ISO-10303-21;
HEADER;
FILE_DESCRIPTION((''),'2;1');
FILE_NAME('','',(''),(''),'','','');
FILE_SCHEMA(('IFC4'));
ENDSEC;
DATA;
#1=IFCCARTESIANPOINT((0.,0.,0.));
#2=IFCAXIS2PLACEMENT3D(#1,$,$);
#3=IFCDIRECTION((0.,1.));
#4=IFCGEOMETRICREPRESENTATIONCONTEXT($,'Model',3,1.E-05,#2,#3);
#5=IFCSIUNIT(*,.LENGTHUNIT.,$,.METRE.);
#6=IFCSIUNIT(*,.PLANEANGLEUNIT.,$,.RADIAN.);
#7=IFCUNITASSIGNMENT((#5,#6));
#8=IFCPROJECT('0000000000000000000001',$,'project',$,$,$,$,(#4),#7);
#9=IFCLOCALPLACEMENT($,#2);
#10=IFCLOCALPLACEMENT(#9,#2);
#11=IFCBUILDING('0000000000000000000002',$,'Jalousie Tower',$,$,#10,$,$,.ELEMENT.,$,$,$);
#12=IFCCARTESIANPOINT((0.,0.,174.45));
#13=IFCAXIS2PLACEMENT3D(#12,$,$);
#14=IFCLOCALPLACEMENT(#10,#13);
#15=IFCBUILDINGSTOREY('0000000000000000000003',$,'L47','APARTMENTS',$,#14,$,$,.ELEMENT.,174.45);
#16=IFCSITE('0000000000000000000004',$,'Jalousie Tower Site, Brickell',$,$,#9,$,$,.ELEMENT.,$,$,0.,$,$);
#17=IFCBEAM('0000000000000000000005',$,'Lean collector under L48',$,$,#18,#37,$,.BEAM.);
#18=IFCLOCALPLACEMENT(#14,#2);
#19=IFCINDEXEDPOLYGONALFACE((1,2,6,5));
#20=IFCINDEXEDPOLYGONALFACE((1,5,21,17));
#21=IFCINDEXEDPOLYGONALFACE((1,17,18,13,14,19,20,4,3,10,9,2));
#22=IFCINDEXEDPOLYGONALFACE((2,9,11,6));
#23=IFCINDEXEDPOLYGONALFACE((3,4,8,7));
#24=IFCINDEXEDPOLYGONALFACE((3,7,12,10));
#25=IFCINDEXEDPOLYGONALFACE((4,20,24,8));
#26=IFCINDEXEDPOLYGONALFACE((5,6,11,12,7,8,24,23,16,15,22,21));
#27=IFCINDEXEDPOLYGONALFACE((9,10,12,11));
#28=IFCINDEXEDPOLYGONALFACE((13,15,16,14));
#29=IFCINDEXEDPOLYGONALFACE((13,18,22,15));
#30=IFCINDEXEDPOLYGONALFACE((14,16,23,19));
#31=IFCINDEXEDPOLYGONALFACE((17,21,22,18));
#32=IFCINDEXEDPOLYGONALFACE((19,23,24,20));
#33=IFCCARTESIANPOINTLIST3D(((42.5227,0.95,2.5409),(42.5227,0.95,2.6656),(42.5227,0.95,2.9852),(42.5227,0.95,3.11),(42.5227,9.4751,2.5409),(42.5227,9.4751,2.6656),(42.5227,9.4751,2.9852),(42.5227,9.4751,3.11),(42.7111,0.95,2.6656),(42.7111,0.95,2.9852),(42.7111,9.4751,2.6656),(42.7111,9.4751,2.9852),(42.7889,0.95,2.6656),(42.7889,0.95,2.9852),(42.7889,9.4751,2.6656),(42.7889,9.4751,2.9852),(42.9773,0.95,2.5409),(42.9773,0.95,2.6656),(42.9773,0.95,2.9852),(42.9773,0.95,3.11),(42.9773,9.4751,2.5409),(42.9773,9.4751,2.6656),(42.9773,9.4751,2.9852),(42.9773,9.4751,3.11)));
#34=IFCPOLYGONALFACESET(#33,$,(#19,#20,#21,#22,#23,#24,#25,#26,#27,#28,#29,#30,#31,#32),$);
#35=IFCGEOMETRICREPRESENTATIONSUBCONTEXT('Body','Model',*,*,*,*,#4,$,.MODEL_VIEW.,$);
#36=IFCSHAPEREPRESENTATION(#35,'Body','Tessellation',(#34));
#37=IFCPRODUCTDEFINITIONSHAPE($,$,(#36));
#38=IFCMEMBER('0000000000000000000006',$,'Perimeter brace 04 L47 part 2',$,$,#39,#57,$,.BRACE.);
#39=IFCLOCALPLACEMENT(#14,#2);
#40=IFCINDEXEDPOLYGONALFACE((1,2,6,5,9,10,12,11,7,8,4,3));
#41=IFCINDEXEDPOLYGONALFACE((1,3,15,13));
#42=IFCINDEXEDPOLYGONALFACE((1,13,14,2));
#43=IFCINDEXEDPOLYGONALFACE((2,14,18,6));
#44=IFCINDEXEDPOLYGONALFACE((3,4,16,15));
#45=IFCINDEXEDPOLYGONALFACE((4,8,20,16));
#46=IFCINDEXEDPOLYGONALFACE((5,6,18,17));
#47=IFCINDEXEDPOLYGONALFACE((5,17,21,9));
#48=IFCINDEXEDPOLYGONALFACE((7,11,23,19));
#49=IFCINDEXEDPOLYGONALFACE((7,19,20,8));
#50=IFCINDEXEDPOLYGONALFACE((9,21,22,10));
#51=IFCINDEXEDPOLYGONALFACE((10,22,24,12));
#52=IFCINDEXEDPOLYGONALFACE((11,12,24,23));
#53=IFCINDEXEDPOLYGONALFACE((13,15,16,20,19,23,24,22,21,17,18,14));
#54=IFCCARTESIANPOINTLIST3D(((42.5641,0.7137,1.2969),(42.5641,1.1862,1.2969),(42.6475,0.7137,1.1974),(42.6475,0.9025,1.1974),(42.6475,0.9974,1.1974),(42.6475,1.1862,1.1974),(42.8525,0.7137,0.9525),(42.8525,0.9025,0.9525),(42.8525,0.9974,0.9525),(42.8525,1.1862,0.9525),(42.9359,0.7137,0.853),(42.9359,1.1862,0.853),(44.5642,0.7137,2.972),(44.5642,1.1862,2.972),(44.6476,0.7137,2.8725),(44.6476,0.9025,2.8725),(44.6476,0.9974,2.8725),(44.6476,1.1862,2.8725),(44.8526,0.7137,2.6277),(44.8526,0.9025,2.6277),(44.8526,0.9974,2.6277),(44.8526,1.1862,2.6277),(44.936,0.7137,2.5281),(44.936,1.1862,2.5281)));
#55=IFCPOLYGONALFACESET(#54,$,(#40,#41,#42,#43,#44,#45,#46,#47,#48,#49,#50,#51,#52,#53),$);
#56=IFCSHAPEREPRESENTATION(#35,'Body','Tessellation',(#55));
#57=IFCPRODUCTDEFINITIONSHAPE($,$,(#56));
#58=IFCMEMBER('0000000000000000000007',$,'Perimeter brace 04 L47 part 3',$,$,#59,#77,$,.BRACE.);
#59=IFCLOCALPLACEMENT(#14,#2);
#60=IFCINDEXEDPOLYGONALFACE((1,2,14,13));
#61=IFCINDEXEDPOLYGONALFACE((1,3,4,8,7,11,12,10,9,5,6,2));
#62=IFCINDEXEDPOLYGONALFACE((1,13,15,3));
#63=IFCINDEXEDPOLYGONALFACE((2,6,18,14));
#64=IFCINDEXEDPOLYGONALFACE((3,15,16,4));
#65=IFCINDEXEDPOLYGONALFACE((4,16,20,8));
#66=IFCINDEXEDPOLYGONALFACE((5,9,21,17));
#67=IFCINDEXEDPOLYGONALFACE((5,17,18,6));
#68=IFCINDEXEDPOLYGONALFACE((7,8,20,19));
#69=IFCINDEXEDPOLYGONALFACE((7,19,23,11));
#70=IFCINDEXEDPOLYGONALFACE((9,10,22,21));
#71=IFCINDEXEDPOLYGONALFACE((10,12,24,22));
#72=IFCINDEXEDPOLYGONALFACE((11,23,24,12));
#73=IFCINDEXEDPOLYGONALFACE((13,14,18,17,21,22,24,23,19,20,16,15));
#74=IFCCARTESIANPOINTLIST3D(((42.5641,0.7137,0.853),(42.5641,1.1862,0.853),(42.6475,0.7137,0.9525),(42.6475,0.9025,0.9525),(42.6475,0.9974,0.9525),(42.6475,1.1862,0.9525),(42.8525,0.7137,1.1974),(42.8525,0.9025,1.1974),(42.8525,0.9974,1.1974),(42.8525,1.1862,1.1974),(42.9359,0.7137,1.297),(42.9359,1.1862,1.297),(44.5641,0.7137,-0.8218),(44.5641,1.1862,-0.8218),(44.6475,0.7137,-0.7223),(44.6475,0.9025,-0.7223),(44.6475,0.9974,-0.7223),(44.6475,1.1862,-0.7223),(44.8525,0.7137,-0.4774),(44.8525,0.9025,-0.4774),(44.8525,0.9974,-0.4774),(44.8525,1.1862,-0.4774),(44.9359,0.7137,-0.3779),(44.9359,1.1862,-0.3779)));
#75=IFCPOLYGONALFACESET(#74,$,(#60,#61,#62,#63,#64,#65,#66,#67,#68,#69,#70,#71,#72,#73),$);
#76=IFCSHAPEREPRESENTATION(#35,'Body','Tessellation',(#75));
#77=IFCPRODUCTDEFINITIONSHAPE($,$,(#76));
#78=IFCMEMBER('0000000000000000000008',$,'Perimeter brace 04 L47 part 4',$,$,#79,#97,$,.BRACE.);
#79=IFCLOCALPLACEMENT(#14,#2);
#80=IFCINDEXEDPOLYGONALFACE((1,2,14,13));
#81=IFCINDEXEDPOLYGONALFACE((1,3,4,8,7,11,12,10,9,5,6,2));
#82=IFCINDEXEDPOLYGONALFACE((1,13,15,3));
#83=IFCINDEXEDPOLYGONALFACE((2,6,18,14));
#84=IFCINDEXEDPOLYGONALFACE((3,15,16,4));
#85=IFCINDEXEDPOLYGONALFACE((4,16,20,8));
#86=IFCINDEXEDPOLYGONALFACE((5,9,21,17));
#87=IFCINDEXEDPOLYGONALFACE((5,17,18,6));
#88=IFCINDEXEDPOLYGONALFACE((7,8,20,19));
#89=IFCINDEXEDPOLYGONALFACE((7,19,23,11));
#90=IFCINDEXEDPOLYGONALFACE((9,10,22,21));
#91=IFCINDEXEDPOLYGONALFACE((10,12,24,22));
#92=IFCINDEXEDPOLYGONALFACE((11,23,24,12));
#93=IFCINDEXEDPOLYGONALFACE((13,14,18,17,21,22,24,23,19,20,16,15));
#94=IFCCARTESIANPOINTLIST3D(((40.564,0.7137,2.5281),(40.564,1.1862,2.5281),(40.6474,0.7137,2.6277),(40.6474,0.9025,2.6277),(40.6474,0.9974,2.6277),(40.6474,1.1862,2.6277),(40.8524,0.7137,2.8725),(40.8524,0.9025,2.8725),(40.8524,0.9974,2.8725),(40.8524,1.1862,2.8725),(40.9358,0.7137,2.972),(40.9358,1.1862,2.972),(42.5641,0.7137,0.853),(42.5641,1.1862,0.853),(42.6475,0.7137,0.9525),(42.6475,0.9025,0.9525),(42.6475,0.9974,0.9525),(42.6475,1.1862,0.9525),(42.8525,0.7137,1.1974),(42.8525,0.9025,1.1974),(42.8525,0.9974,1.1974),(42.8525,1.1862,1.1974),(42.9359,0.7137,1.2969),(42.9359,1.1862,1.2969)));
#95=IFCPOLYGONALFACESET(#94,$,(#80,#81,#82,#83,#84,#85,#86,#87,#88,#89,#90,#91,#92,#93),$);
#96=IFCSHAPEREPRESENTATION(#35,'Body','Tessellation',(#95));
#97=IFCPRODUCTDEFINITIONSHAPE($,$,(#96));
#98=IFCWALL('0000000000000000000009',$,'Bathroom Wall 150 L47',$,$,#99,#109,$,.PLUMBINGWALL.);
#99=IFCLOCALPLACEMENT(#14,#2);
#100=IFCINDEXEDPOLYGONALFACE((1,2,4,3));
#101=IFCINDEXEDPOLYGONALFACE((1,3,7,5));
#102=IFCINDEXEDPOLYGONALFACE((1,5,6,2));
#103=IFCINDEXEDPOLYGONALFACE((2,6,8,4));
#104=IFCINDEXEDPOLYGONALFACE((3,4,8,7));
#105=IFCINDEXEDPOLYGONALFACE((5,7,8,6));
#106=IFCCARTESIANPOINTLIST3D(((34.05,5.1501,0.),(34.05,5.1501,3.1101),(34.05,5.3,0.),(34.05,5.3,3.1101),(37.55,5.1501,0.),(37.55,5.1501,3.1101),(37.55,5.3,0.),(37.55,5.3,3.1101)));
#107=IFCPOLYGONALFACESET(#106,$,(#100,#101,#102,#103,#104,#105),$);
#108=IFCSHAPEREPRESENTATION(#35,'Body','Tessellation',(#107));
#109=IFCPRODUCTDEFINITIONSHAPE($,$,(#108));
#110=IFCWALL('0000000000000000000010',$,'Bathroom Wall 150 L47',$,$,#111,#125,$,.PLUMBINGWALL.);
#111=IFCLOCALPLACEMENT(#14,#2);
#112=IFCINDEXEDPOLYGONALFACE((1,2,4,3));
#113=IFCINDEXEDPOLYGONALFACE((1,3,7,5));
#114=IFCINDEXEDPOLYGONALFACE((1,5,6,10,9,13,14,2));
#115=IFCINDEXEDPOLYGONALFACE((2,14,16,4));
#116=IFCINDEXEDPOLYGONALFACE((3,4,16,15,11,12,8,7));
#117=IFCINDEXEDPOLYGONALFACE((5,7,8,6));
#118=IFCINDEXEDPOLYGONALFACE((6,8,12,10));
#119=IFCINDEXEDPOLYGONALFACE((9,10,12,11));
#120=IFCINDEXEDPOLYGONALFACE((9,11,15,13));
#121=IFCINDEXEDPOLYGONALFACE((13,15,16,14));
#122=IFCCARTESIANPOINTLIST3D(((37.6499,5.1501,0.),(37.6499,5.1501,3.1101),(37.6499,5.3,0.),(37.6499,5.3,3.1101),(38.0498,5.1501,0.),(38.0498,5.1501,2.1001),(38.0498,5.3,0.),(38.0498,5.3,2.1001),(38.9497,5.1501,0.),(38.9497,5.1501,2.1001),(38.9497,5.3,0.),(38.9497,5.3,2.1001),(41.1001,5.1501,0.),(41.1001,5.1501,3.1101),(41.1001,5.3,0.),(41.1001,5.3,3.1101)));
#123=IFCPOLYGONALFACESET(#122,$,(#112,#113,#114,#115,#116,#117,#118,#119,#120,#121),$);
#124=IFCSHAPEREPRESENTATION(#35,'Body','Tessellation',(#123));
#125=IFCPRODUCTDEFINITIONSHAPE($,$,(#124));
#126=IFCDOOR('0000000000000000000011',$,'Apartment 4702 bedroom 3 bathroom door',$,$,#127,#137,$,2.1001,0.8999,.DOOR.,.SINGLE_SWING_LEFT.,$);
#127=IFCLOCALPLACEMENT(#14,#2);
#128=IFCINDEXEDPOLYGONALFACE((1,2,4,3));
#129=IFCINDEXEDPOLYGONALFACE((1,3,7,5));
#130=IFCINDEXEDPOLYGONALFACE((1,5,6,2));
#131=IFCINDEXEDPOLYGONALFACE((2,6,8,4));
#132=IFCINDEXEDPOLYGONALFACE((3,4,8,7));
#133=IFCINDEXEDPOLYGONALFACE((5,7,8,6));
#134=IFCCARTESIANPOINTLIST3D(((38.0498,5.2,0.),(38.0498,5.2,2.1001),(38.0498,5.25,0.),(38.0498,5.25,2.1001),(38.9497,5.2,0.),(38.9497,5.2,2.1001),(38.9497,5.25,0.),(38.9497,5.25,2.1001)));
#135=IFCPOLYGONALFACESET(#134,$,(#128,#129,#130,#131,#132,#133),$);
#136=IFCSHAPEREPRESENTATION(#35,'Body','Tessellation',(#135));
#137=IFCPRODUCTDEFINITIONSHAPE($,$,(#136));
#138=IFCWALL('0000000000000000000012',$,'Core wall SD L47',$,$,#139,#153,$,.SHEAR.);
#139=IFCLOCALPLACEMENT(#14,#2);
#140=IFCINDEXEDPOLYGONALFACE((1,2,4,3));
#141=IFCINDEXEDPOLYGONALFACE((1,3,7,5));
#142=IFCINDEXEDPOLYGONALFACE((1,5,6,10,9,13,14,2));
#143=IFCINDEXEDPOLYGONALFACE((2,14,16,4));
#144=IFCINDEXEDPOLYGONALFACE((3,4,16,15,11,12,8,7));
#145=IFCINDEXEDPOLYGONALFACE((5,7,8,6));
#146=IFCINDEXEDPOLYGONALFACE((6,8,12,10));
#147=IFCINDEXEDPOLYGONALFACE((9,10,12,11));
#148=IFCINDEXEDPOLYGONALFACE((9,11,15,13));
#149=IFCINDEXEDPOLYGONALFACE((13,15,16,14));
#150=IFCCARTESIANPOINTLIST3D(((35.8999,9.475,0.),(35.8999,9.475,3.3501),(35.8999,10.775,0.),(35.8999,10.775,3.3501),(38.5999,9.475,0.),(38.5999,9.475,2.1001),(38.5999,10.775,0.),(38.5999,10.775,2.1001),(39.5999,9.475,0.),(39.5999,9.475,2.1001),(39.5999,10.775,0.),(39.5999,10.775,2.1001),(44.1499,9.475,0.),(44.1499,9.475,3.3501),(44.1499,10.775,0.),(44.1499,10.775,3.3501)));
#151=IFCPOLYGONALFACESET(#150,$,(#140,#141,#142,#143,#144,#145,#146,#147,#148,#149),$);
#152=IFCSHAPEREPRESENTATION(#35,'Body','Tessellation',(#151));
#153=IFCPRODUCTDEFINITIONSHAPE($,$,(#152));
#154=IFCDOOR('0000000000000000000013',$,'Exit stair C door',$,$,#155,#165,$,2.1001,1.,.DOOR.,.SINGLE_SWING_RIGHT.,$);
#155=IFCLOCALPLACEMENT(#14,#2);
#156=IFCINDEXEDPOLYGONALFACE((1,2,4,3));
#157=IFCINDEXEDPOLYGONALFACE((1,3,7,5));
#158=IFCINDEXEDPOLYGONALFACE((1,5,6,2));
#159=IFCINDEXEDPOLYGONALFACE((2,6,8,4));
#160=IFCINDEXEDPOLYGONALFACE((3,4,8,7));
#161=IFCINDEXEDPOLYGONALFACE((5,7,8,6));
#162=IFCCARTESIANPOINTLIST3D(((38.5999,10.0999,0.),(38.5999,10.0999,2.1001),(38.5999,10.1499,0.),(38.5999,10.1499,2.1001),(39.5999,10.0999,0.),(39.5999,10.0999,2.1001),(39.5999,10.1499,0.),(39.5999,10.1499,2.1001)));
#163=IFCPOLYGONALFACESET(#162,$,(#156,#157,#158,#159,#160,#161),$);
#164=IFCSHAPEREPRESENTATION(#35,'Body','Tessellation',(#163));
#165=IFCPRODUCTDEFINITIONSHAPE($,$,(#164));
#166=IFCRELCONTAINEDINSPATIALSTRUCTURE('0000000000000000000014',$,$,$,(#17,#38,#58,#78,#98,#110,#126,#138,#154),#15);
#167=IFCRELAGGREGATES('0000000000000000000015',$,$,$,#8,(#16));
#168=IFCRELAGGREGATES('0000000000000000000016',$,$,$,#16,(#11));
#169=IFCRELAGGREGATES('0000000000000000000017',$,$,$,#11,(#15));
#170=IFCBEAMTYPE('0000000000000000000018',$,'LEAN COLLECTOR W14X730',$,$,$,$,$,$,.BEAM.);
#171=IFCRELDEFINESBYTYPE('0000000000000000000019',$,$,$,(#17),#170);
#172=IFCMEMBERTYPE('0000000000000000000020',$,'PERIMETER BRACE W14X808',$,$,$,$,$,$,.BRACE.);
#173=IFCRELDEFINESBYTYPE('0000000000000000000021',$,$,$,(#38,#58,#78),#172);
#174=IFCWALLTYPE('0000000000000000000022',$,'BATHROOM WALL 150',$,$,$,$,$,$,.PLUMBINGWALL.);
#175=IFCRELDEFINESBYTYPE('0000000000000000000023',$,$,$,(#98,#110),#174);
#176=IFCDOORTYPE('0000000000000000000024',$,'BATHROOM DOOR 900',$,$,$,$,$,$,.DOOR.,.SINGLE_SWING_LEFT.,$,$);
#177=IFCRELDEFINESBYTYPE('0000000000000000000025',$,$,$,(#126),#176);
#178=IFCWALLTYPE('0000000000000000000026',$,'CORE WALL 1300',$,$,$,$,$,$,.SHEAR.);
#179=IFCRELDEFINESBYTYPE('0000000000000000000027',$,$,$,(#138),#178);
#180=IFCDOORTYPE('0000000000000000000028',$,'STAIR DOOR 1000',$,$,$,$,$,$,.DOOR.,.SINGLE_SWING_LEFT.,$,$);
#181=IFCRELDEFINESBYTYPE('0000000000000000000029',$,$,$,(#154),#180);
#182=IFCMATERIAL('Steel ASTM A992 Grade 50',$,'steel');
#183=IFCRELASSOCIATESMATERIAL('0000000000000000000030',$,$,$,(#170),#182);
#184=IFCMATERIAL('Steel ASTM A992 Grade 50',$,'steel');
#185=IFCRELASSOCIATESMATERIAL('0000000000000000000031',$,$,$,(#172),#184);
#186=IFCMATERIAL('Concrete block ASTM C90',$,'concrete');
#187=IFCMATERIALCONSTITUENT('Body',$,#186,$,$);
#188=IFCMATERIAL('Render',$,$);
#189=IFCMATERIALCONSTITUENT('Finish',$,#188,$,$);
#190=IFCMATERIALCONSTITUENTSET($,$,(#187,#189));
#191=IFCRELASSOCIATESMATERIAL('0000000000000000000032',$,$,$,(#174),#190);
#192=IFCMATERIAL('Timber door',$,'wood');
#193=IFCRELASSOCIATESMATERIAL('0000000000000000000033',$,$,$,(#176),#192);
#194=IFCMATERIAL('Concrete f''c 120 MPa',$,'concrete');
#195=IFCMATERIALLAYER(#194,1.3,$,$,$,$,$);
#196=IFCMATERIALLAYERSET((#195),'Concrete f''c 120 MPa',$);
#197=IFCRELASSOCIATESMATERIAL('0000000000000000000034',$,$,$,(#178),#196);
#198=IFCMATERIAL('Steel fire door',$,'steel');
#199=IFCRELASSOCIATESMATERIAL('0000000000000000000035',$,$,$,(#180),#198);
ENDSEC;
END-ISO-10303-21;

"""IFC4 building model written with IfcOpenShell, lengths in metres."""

from ifc_helpers import new_model, si_unit, direction, frame, frame_2d, origin, origin_2d, place, context, subcontext, project, spatial, rectangle, i_section, extrude, material, layer, layer_set, constituent, constituent_set, material_profile, profile_set, type_object, element, fill, save


model = new_model("IFC4")

# Units and contexts
model_context = context("Model", 3, precision=1e-05, world=origin(), true_north=direction((0.0, 1.0)))
body_context = subcontext(model_context, "Body", "Model", "MODEL_VIEW")
ifc_project = project(units=[si_unit("LENGTHUNIT", "METRE"), si_unit("PLANEANGLEUNIT", "RADIAN")], contexts=[model_context])

# Site, building, storey
site_placement = place(None, origin())
site = spatial("IfcSite", under=ifc_project, at=site_placement, Name="Jalousie Tower Site, Brickell", CompositionType="ELEMENT", RefElevation=0.0)
building_placement = place(site_placement, origin())
building = spatial("IfcBuilding", under=site, at=building_placement, Name="Jalousie Tower", CompositionType="ELEMENT")
storey_placement = place(building_placement, frame((0.0, 0.0, 174.45)))
storey = spatial("IfcBuildingStorey", under=building, at=storey_placement, Name="L47", Description="APARTMENTS", CompositionType="ELEMENT", Elevation=174.45)

# Beam
ifc_material_1 = material(Name="Steel ASTM A992 Grade 50", Category="steel")
ifc_material_profile_1 = material_profile(ifc_material_1, i_section(OverallWidth=0.4546, OverallDepth=0.5691, WebThickness=0.0779, FlangeThickness=0.1248, at=origin_2d()), Name="W14X730")
ifc_profile_set_1 = profile_set([ifc_material_profile_1], Name="Steel ASTM A992 Grade 50")
beam_type = type_object("IfcBeamType", Name="LEAN COLLECTOR W14X730", PredefinedType="BEAM", material=ifc_profile_set_1)
beam_placement = place(storey_placement, frame((42.75, 0.95, 2.8254), z_axis=(0.0, 1.0, 0.0), x_axis=(-1.0, 0.0, 0.0)))
element("IfcBeam", 1, at=beam_placement, inside=storey, type_object=beam_type, Name="Lean collector under L48", PredefinedType="BEAM", context=body_context, shape_type="SweptSolid", body=[
    extrude(i_section(OverallWidth=0.4546, OverallDepth=0.5691, WebThickness=0.0779, FlangeThickness=0.1248, at=origin_2d()), origin(), (0.0, 0.0, 1.0), 8.5251),
])

# Members
ifc_material_2 = material(Name="Steel ASTM A992 Grade 50", Category="steel")
ifc_material_profile_2 = material_profile(ifc_material_2, i_section(OverallWidth=0.4724, OverallDepth=0.5791, WebThickness=0.095, FlangeThickness=0.1299, at=origin_2d()), Name="W14X808")
ifc_profile_set_2 = profile_set([ifc_material_profile_2], Name="Steel ASTM A992 Grade 50")
member_type = type_object("IfcMemberType", Name="PERIMETER BRACE W14X808", PredefinedType="BRACE", material=ifc_profile_set_2)
member_1_placement = place(storey_placement, frame((42.75, 0.95, 1.075), z_axis=(0.766639, 0.0, 0.642079), x_axis=(0.0, 1.0, 0.0)))
element("IfcMember", 2, at=member_1_placement, inside=storey, type_object=member_type, Name="Perimeter brace 04 L47 part 2", PredefinedType="BRACE", context=body_context, shape_type="SweptSolid", body=[
    extrude(i_section(OverallWidth=0.4724, OverallDepth=0.5791, WebThickness=0.095, FlangeThickness=0.1299, at=origin_2d()), origin(), (0.0, 0.0, 1.0), 2.6089),
])
member_2_placement = place(storey_placement, frame((44.75, 0.95, -0.5999), z_axis=(-0.766685, 0.0, 0.642024), x_axis=(0.0, -1.0, 0.0)))
element("IfcMember", 3, at=member_2_placement, inside=storey, type_object=member_type, Name="Perimeter brace 04 L47 part 3", PredefinedType="BRACE", context=body_context, shape_type="SweptSolid", body=[
    extrude(i_section(OverallWidth=0.4724, OverallDepth=0.5791, WebThickness=0.095, FlangeThickness=0.1299, at=origin_2d()), origin(), (0.0, 0.0, 1.0), 2.6086),
])
member_3_placement = place(storey_placement, frame((42.75, 0.95, 1.075), z_axis=(-0.766639, 0.0, 0.642079), x_axis=(0.0, -1.0, 0.0)))
element("IfcMember", 4, at=member_3_placement, inside=storey, type_object=member_type, Name="Perimeter brace 04 L47 part 4", PredefinedType="BRACE", context=body_context, shape_type="SweptSolid", body=[
    extrude(i_section(OverallWidth=0.4724, OverallDepth=0.5791, WebThickness=0.095, FlangeThickness=0.1299, at=origin_2d()), origin(), (0.0, 0.0, 1.0), 2.6089),
])

# Wall
ifc_material_3 = material(Name="Concrete block ASTM C90", Category="concrete")
ifc_constituent_1 = constituent(ifc_material_3, Name="Body")
ifc_material_4 = material(Name="Render")
ifc_constituent_2 = constituent(ifc_material_4, Name="Finish")
ifc_constituent_set_1 = constituent_set(constituents=[ifc_constituent_1, ifc_constituent_2])
wall_type_1 = type_object("IfcWallType", Name="BATHROOM WALL 150", PredefinedType="PLUMBINGWALL", material=ifc_constituent_set_1)
wall_1_placement = place(storey_placement, frame((34.05, 5.2251, 0.0), z_axis=(0.0, 0.0, 1.0), x_axis=(1.0, 0.0, 0.0)))
element("IfcWall", 5, at=wall_1_placement, inside=storey, type_object=wall_type_1, Name="Bathroom Wall 150 L47", PredefinedType="PLUMBINGWALL", context=body_context, shape_type="SweptSolid", body=[
    extrude(rectangle(XDim=3.5, YDim=0.1499, at=frame_2d((1.75, 0.0))), origin(), (0.0, 0.0, 1.0), 3.1101),
])

# Walls, openings, doors
wall_2_placement = place(storey_placement, frame((37.6499, 5.2251, 0.0), z_axis=(0.0, 0.0, 1.0), x_axis=(1.0, 0.0, 0.0)))
wall_2 = element("IfcWall", 6, at=wall_2_placement, inside=storey, type_object=wall_type_1, Name="Bathroom Wall 150 L47", PredefinedType="PLUMBINGWALL", context=body_context, shape_type="SweptSolid", body=[
    extrude(rectangle(XDim=3.4502, YDim=0.1499, at=frame_2d((1.7251, 0.0))), origin(), (0.0, 0.0, 1.0), 3.1101),
])
opening_1_placement = place(wall_2_placement, frame((0.3999, 0.0, 0.0)))
opening_1 = element("IfcOpeningElement", 7, at=opening_1_placement, cuts=wall_2, PredefinedType="OPENING", context=body_context, shape_type="SweptSolid", body=[
    extrude(rectangle(XDim=0.8999, YDim=2.1001, at=frame_2d((0.45, 1.05))), frame((0.0, 0.085, 0.0), z_axis=(0.0, -1.0, 0.0), x_axis=(1.0, 0.0, 0.0)), (0.0, 0.0, 1.0), 0.1699),
])
ifc_material_5 = material(Name="Timber door", Category="wood")
door_type_1 = type_object("IfcDoorType", Name="BATHROOM DOOR 900", OperationType="SINGLE_SWING_LEFT", PredefinedType="DOOR", material=ifc_material_5)
door_1_placement = place(opening_1_placement, origin())
door_1 = element("IfcDoor", 8, at=door_1_placement, inside=storey, type_object=door_type_1, Name="Apartment 4702 bedroom 3 bathroom door", OperationType="SINGLE_SWING_LEFT", OverallHeight=2.1001, OverallWidth=0.8999, PredefinedType="DOOR", context=body_context, shape_type="SweptSolid", body=[
    extrude(rectangle(XDim=0.8999, YDim=2.1001, at=frame_2d((0.45, 1.05))), frame((0.0, 0.0249, 0.0), z_axis=(0.0, -1.0, 0.0), x_axis=(1.0, 0.0, 0.0)), (0.0, 0.0, 1.0), 0.05),
])
fill(opening_1, door_1)
ifc_material_6 = material(Name="Concrete f'c 120 MPa", Category="concrete")
ifc_layer_1 = layer(ifc_material_6, 1.3)
ifc_layer_set_1 = layer_set([ifc_layer_1], Name="Concrete f'c 120 MPa")
wall_type_2 = type_object("IfcWallType", Name="CORE WALL 1300", PredefinedType="SHEAR", material=ifc_layer_set_1)
wall_3_placement = place(storey_placement, frame((35.8999, 10.125, 0.0), z_axis=(0.0, 0.0, 1.0), x_axis=(1.0, 0.0, 0.0)))
wall_3 = element("IfcWall", 9, at=wall_3_placement, inside=storey, type_object=wall_type_2, Name="Core wall SD L47", PredefinedType="SHEAR", context=body_context, shape_type="SweptSolid", body=[
    extrude(rectangle(XDim=8.25, YDim=1.3, at=frame_2d((4.125, 0.0))), origin(), (0.0, 0.0, 1.0), 3.3501),
])
opening_2_placement = place(wall_3_placement, frame((2.7, 0.0, 0.0)))
opening_2 = element("IfcOpeningElement", 10, at=opening_2_placement, cuts=wall_3, PredefinedType="OPENING", context=body_context, shape_type="SweptSolid", body=[
    extrude(rectangle(XDim=1.0, YDim=2.1001, at=frame_2d((0.5, 1.05))), frame((0.0, 0.6599, 0.0), z_axis=(0.0, -1.0, 0.0), x_axis=(1.0, 0.0, 0.0)), (0.0, 0.0, 1.0), 1.3201),
])
ifc_material_7 = material(Name="Steel fire door", Category="steel")
door_type_2 = type_object("IfcDoorType", Name="STAIR DOOR 1000", OperationType="SINGLE_SWING_LEFT", PredefinedType="DOOR", material=ifc_material_7)
door_2_placement = place(opening_2_placement, origin())
door_2 = element("IfcDoor", 11, at=door_2_placement, inside=storey, type_object=door_type_2, Name="Exit stair C door", OperationType="SINGLE_SWING_RIGHT", OverallHeight=2.1001, OverallWidth=1.0, PredefinedType="DOOR", context=body_context, shape_type="SweptSolid", body=[
    extrude(rectangle(XDim=1.0, YDim=2.1001, at=frame_2d((0.5, 1.05))), frame((0.0, 0.0249, 0.0), z_axis=(0.0, -1.0, 0.0), x_axis=(1.0, 0.0, 0.0)), (0.0, 0.0, 1.0), 0.05),
])
fill(opening_2, door_2)

save(model, "model.ifc")
